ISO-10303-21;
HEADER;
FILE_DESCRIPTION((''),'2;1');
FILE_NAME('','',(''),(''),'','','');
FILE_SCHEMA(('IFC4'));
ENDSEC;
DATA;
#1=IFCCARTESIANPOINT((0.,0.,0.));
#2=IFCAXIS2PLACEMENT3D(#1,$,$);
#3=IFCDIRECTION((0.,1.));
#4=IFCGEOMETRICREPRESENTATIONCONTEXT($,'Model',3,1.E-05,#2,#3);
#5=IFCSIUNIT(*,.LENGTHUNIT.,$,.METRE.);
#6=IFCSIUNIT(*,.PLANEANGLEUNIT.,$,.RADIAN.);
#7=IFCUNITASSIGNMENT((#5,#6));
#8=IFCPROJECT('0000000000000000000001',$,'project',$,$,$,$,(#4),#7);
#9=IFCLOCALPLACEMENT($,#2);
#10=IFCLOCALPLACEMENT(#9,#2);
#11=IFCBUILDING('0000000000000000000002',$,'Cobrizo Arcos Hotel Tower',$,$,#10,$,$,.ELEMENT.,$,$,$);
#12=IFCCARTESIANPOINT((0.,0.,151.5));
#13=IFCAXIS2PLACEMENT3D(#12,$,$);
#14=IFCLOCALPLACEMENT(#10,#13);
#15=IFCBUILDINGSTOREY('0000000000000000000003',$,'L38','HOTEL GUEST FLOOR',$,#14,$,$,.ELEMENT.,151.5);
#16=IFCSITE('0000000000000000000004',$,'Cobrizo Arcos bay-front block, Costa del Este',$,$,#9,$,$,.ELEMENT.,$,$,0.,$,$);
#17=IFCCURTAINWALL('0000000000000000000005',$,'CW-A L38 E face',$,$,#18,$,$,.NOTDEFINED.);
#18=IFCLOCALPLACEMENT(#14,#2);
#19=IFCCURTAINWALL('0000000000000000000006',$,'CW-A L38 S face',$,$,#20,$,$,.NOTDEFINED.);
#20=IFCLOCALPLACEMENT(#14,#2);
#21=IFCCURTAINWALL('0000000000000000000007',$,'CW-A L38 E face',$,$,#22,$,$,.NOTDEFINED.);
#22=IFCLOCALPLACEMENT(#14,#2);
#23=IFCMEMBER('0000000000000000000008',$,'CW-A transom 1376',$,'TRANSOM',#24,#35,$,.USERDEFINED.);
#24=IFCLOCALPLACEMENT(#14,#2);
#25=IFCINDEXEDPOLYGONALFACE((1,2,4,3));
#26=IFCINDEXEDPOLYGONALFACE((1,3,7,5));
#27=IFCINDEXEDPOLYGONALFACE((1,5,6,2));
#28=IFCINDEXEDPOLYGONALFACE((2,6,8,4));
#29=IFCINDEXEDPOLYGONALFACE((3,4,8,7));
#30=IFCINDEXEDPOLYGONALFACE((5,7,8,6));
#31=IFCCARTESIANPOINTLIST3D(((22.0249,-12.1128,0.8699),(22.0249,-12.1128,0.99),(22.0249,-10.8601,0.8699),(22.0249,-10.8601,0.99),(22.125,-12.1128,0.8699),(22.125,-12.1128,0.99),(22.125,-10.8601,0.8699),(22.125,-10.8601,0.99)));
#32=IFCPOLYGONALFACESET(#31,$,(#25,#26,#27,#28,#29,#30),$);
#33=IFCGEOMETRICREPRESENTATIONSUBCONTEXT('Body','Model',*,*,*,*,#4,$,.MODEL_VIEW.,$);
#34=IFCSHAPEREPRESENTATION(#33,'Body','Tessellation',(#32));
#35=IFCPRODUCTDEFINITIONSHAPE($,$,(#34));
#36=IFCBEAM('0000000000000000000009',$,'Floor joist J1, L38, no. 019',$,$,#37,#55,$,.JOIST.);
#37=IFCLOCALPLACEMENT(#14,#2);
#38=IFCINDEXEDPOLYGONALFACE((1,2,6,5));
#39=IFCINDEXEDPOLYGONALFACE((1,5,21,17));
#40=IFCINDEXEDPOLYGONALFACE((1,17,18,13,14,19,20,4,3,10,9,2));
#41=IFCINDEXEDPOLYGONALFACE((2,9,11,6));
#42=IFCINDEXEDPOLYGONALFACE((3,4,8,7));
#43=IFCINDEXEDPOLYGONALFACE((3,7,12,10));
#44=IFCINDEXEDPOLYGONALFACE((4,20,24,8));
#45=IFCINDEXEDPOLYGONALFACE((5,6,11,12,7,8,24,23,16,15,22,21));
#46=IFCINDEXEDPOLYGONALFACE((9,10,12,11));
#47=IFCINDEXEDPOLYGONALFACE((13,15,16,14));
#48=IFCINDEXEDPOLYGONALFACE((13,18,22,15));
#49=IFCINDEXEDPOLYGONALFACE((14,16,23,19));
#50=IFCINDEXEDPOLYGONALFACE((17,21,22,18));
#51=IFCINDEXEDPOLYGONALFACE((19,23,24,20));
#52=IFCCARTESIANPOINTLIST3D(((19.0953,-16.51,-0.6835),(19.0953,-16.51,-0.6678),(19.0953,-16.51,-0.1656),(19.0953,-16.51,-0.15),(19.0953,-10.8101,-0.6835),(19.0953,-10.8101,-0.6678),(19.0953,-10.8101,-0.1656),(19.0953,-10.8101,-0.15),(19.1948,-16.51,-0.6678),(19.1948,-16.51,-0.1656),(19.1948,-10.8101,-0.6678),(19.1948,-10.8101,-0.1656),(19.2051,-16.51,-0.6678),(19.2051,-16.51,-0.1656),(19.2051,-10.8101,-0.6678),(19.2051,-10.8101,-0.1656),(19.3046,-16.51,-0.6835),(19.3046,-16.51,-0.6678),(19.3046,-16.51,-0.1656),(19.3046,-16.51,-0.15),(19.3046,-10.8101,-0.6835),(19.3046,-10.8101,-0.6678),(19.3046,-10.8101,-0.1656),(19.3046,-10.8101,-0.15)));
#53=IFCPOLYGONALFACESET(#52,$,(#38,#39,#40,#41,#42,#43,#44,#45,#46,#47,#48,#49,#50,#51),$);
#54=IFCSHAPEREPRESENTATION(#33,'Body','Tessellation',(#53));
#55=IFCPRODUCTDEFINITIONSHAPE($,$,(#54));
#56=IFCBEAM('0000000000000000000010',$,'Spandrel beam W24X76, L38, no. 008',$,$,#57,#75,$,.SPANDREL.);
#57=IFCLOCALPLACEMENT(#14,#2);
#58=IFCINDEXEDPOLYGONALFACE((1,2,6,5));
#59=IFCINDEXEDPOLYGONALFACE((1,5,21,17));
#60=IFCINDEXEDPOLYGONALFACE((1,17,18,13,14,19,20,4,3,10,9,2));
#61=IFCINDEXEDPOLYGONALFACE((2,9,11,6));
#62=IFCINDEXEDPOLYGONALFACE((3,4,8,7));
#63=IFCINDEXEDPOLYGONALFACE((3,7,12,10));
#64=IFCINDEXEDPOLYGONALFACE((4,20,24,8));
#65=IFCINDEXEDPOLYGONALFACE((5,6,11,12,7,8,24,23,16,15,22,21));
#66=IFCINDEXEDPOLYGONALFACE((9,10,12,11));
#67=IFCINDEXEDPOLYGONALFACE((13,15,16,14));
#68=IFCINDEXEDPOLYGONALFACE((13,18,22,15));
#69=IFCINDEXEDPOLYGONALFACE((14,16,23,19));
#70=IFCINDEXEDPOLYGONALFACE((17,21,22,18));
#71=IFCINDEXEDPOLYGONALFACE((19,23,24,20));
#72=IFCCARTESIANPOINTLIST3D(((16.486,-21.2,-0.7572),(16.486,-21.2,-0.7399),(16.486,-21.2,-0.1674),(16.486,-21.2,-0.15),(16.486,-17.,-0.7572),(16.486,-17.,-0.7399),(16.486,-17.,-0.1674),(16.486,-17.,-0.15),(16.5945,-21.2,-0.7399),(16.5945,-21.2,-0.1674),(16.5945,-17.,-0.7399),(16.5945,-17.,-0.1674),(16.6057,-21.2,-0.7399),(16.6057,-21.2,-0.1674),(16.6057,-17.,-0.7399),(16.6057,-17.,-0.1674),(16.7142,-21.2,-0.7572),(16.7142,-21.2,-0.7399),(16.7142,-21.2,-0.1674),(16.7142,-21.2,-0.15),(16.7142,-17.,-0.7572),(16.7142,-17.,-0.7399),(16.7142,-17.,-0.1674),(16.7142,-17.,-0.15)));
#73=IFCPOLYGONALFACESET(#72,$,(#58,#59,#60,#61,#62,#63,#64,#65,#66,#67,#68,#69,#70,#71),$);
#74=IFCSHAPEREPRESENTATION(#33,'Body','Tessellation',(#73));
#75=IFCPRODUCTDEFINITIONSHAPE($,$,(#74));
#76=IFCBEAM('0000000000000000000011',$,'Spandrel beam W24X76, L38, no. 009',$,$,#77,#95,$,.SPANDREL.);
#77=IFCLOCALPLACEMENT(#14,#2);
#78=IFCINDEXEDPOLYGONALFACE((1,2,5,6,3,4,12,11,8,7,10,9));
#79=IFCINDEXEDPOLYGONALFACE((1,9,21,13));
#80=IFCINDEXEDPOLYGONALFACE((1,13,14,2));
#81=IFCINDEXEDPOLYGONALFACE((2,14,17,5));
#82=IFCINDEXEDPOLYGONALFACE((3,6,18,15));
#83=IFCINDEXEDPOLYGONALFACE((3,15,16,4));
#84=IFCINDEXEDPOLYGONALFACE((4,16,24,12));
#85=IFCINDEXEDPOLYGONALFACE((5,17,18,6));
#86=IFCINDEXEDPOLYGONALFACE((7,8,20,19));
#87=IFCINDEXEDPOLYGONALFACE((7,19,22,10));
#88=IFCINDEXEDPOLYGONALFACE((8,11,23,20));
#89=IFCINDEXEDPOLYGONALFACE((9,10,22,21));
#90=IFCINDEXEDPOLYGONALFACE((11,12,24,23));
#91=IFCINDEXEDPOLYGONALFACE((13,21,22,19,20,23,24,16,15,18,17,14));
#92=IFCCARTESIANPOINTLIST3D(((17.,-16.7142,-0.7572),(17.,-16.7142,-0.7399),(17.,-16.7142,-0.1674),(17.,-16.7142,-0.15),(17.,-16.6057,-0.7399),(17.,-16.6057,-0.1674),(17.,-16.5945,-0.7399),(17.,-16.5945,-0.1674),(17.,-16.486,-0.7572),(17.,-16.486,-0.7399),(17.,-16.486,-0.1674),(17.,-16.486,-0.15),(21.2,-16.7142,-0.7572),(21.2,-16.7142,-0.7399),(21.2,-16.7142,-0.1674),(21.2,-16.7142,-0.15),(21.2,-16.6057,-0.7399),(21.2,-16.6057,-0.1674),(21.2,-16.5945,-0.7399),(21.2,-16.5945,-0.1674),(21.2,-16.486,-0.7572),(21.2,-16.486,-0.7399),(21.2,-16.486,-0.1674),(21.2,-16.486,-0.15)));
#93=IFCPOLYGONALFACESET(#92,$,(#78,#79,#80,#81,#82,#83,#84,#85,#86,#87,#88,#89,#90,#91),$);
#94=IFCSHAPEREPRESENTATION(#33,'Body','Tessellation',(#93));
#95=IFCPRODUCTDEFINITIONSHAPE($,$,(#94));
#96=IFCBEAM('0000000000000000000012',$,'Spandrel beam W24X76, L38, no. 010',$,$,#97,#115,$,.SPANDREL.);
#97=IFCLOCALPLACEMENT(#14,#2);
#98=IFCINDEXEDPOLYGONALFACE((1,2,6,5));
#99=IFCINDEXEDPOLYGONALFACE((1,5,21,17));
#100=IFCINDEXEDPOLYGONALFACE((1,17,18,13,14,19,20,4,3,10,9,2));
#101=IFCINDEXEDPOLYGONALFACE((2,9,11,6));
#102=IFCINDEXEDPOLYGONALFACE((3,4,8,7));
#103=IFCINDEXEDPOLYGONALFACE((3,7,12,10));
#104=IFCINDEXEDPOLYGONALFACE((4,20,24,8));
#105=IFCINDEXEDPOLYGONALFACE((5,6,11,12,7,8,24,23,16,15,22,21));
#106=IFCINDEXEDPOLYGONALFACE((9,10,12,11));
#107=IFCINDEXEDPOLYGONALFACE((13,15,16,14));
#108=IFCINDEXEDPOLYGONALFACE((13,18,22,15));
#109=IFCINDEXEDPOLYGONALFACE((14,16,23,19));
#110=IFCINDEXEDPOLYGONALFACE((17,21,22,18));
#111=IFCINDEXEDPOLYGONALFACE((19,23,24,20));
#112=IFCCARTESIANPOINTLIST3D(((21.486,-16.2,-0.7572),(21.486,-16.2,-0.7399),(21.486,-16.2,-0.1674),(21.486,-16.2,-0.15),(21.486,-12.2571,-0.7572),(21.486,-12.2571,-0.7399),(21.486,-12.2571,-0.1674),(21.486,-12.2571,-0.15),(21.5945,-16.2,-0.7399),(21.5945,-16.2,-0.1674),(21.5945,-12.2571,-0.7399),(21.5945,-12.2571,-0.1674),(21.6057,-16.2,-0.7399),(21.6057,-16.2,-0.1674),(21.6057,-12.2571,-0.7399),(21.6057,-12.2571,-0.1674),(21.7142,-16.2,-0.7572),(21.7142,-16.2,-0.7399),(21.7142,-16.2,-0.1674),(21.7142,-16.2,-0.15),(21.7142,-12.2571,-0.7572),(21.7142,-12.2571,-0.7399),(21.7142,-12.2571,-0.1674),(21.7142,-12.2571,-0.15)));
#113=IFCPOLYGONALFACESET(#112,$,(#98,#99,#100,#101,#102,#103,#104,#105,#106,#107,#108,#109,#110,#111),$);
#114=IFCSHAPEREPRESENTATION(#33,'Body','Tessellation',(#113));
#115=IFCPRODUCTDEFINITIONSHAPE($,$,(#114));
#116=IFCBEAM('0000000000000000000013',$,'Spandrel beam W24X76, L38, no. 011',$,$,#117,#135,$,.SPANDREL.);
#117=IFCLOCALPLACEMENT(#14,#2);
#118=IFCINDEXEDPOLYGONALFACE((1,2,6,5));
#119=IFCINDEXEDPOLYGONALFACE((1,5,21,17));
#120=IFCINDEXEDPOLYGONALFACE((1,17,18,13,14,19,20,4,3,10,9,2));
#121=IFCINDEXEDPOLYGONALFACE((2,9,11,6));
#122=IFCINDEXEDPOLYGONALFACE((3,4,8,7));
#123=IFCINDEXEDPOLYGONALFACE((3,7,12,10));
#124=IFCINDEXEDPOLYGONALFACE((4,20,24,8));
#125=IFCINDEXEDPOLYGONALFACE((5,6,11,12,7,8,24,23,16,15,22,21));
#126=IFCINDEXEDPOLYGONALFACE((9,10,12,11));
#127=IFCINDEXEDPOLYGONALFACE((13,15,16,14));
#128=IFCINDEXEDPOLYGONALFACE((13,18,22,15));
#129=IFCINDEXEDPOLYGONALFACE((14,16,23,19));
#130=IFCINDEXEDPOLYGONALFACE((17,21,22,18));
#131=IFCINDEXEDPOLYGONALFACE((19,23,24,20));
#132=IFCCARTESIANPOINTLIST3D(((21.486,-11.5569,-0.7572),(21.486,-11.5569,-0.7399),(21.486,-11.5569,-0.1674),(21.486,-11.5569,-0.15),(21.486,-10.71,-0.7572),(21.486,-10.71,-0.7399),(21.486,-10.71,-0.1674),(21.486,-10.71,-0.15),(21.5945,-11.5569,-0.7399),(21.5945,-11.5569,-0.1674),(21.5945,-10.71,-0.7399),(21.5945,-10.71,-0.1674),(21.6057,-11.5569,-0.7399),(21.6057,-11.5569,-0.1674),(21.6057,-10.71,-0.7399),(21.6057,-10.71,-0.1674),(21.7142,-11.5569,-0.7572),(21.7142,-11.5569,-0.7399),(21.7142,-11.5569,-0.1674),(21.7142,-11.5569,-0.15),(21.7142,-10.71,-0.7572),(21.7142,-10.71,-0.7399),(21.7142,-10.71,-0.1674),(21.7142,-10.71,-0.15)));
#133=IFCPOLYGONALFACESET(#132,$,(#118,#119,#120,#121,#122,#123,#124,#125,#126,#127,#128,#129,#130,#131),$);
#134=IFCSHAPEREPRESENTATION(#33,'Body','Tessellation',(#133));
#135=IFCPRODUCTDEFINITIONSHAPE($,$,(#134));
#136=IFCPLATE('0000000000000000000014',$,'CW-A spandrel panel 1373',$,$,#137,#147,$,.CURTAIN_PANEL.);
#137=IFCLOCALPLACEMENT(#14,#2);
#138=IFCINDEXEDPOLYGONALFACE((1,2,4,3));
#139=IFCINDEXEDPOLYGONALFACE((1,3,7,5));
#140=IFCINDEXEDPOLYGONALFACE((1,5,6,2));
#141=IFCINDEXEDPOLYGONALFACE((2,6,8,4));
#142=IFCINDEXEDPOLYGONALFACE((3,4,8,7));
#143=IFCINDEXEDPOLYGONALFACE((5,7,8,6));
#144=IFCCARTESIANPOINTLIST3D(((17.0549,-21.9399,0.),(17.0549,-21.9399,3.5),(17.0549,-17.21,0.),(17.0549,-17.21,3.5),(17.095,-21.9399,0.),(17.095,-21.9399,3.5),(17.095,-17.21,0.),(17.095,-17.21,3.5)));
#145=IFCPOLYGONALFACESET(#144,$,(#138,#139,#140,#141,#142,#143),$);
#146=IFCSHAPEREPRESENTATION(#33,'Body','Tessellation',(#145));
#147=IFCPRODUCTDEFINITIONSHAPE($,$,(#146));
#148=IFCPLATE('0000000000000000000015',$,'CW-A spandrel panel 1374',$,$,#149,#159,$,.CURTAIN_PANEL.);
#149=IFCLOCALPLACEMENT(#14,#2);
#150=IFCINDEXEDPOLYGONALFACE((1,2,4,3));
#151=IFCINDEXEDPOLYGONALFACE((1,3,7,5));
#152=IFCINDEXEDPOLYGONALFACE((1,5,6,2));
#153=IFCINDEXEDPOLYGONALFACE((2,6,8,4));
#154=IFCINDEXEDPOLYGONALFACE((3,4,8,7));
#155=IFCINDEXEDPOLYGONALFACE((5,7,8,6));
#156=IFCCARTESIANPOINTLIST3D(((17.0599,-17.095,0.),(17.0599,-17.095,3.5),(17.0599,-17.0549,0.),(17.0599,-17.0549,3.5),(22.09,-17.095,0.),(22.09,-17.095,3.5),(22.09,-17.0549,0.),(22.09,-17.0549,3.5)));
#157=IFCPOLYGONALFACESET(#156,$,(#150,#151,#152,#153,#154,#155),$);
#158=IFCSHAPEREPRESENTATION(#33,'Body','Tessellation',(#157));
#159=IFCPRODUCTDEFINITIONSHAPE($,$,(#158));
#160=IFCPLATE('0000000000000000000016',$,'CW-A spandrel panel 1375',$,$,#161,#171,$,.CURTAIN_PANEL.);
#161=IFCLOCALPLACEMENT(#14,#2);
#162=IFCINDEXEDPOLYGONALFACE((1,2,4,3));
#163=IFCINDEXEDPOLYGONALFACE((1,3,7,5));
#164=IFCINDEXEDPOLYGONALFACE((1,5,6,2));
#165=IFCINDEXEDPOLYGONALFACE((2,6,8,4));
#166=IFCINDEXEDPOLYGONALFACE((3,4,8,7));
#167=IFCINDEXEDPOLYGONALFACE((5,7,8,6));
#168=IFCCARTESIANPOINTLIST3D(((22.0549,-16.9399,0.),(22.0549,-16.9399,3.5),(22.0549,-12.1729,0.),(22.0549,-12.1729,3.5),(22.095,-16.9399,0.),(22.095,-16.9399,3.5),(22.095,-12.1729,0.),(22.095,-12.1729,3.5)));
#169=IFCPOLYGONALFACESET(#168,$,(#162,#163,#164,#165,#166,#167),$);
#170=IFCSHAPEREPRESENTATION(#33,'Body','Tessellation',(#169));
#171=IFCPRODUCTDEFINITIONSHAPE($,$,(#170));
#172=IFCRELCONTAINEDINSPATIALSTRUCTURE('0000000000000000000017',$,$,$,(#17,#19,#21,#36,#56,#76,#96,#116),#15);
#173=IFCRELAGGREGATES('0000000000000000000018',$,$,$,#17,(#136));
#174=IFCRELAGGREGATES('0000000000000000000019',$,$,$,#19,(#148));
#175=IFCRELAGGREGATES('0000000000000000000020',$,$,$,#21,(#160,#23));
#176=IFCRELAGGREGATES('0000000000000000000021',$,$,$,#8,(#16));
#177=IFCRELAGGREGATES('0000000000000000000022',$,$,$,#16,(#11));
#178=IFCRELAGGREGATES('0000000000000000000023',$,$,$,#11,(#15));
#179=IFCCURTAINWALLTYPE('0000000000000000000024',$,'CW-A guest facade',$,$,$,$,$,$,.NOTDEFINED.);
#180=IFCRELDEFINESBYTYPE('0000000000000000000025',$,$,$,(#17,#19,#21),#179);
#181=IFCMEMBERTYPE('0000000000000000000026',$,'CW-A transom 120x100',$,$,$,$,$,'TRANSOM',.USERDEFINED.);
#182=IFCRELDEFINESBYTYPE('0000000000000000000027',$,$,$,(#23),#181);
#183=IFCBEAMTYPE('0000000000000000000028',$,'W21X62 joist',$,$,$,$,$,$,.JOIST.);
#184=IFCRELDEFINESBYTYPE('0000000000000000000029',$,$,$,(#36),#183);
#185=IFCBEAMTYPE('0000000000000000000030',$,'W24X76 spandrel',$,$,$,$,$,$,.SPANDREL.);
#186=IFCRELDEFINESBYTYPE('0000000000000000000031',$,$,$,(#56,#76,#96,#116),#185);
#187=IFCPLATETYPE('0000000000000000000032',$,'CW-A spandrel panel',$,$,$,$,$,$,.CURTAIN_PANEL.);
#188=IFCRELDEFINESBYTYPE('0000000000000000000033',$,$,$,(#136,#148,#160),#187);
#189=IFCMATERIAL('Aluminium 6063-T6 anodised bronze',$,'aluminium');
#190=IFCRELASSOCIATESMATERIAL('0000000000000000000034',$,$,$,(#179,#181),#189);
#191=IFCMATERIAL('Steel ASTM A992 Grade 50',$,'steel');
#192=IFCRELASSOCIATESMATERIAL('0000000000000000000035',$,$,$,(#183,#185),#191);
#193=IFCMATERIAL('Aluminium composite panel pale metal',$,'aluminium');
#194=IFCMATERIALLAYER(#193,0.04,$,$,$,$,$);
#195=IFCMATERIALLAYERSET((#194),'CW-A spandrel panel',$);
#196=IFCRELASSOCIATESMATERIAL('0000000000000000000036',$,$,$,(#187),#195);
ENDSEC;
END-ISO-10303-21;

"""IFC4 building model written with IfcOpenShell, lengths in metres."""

from ifc_helpers import new_model, si_unit, direction, frame, origin, origin_2d, place, context, subcontext, project, spatial, rectangle, i_section, extrude, material, layer, layer_set, material_profile, profile_set, type_object, element, aggregate, save


model = new_model("IFC4")

# Units and contexts
model_context = context("Model", 3, precision=1e-05, world=origin(), true_north=direction((0.0, 1.0)))
body_context = subcontext(model_context, "Body", "Model", "MODEL_VIEW")
ifc_project = project(units=[si_unit("LENGTHUNIT", "METRE"), si_unit("PLANEANGLEUNIT", "RADIAN")], contexts=[model_context])

# Site, building, storey
site_placement = place(None, origin())
site = spatial("IfcSite", under=ifc_project, at=site_placement, Name="Cobrizo Arcos bay-front block, Costa del Este", CompositionType="ELEMENT", RefElevation=0.0)
building_placement = place(site_placement, origin())
building = spatial("IfcBuilding", under=site, at=building_placement, Name="Cobrizo Arcos Hotel Tower", CompositionType="ELEMENT")
storey_placement = place(building_placement, frame((0.0, 0.0, 151.5)))
storey = spatial("IfcBuildingStorey", under=building, at=storey_placement, Name="L38", Description="HOTEL GUEST FLOOR", CompositionType="ELEMENT", Elevation=151.5)

# Shared definitions
ifc_material_1 = material(Name="Aluminium 6063-T6 anodised bronze", Category="aluminium")
curtain_wall_type = type_object("IfcCurtainWallType", Name="CW-A guest facade", PredefinedType="NOTDEFINED", material=ifc_material_1)

# Curtain walls, member
curtain_wall_1_placement = place(storey_placement, origin())
curtain_wall_1 = element("IfcCurtainWall", 1, at=curtain_wall_1_placement, inside=storey, type_object=curtain_wall_type, Name="CW-A L38 E face", PredefinedType="NOTDEFINED")
curtain_wall_2_placement = place(storey_placement, origin())
curtain_wall_2 = element("IfcCurtainWall", 2, at=curtain_wall_2_placement, inside=storey, type_object=curtain_wall_type, Name="CW-A L38 S face", PredefinedType="NOTDEFINED")
curtain_wall_3_placement = place(storey_placement, origin())
curtain_wall_3 = element("IfcCurtainWall", 3, at=curtain_wall_3_placement, inside=storey, type_object=curtain_wall_type, Name="CW-A L38 E face", PredefinedType="NOTDEFINED")
ifc_material_profile_1 = material_profile(ifc_material_1, rectangle(XDim=0.1001, YDim=0.1201, at=origin_2d()), Name="CW-A transom 120x100")
ifc_profile_set_1 = profile_set([ifc_material_profile_1], Name="Aluminium 6063-T6 anodised bronze")
member_type_1 = type_object("IfcMemberType", Name="CW-A transom 120x100", ElementType="TRANSOM", PredefinedType="USERDEFINED", material=ifc_profile_set_1)
member_1_placement = place(storey_placement, frame((22.075, -12.1128, 0.9299), z_axis=(0.0, 1.0, 0.0), x_axis=(-1.0, 0.0, 0.0)))
member_1 = element("IfcMember", 4, at=member_1_placement, type_object=member_type_1, Name="CW-A transom 1376", ObjectType="TRANSOM", PredefinedType="USERDEFINED", context=body_context, shape_type="SweptSolid", body=[
    extrude(rectangle(XDim=0.1001, YDim=0.1201, at=origin_2d()), origin(), (0.0, 0.0, 1.0), 1.2527),
])

# Beams
ifc_material_2 = material(Name="Steel ASTM A992 Grade 50", Category="steel")
ifc_material_profile_2 = material_profile(ifc_material_2, i_section(OverallWidth=0.2092, OverallDepth=0.5334, WebThickness=0.0103, FlangeThickness=0.0156, at=origin_2d()), Name="W21X62")
ifc_profile_set_2 = profile_set([ifc_material_profile_2], Name="Steel ASTM A992 Grade 50")
beam_type_1 = type_object("IfcBeamType", Name="W21X62 joist", PredefinedType="JOIST", material=ifc_profile_set_2)
beam_1_placement = place(storey_placement, frame((19.2, -16.51, -0.4167), z_axis=(0.0, 1.0, 0.0), x_axis=(-1.0, 0.0, 0.0)))
element("IfcBeam", 5, at=beam_1_placement, inside=storey, type_object=beam_type_1, Name="Floor joist J1, L38, no. 019", PredefinedType="JOIST", context=body_context, shape_type="SweptSolid", body=[
    extrude(i_section(OverallWidth=0.2092, OverallDepth=0.5334, WebThickness=0.0103, FlangeThickness=0.0156, at=origin_2d()), origin(), (0.0, 0.0, 1.0), 5.7),
])
ifc_material_profile_3 = material_profile(ifc_material_2, i_section(OverallWidth=0.2283, OverallDepth=0.6072, WebThickness=0.0112, FlangeThickness=0.0173, at=origin_2d()), Name="W24X76")
ifc_profile_set_3 = profile_set([ifc_material_profile_3], Name="Steel ASTM A992 Grade 50")
beam_type_2 = type_object("IfcBeamType", Name="W24X76 spandrel", PredefinedType="SPANDREL", material=ifc_profile_set_3)
for number, where, z_axis, x_axis, name in (
    (6, (16.6001, -21.2, -0.4536), (0.0, 1.0, 0.0), (-1.0, 0.0, 0.0), "Spandrel beam W24X76, L38, no. 008"),
    (7, (17.0, -16.6001, -0.4536), (1.0, 0.0, 0.0), (0.0, 1.0, 0.0), "Spandrel beam W24X76, L38, no. 009"),
):
    element("IfcBeam", number, at=place(storey_placement, frame(where, z_axis=z_axis, x_axis=x_axis)), inside=storey, type_object=beam_type_2, Name=name, PredefinedType="SPANDREL", context=body_context, shape_type="SweptSolid", body=[
        extrude(i_section(OverallWidth=0.2283, OverallDepth=0.6072, WebThickness=0.0112, FlangeThickness=0.0173, at=origin_2d()), origin(), (0.0, 0.0, 1.0), 4.2),
    ])
beam_2_placement = place(storey_placement, frame((21.6001, -16.2, -0.4536), z_axis=(0.0, 1.0, 0.0), x_axis=(-1.0, 0.0, 0.0)))
element("IfcBeam", 8, at=beam_2_placement, inside=storey, type_object=beam_type_2, Name="Spandrel beam W24X76, L38, no. 010", PredefinedType="SPANDREL", context=body_context, shape_type="SweptSolid", body=[
    extrude(i_section(OverallWidth=0.2283, OverallDepth=0.6072, WebThickness=0.0112, FlangeThickness=0.0173, at=origin_2d()), origin(), (0.0, 0.0, 1.0), 3.9429),
])
beam_3_placement = place(storey_placement, frame((21.6001, -11.5569, -0.4536), z_axis=(0.0, 1.0, 0.0), x_axis=(-1.0, 0.0, 0.0)))
element("IfcBeam", 9, at=beam_3_placement, inside=storey, type_object=beam_type_2, Name="Spandrel beam W24X76, L38, no. 011", PredefinedType="SPANDREL", context=body_context, shape_type="SweptSolid", body=[
    extrude(i_section(OverallWidth=0.2283, OverallDepth=0.6072, WebThickness=0.0112, FlangeThickness=0.0173, at=origin_2d()), origin(), (0.0, 0.0, 1.0), 0.8469),
])

# Plates
ifc_material_3 = material(Name="Aluminium composite panel pale metal", Category="aluminium")
ifc_layer_1 = layer(ifc_material_3, 0.04)
ifc_layer_set_1 = layer_set([ifc_layer_1], Name="CW-A spandrel panel")
plate_type = type_object("IfcPlateType", Name="CW-A spandrel panel", PredefinedType="CURTAIN_PANEL", material=ifc_layer_set_1)
plate_1_placement = place(storey_placement, frame((17.075, -19.575, 0.0), z_axis=(0.0, 0.0, 1.0), x_axis=(0.0, 1.0, 0.0)))
plate_1 = element("IfcPlate", 10, at=plate_1_placement, type_object=plate_type, Name="CW-A spandrel panel 1373", PredefinedType="CURTAIN_PANEL", context=body_context, shape_type="SweptSolid", body=[
    extrude(rectangle(XDim=4.73, YDim=0.04, at=origin_2d()), origin(), (0.0, 0.0, 1.0), 3.5),
])
aggregate(curtain_wall_1, [plate_1])
plate_2_placement = place(storey_placement, frame((19.575, -17.075, 0.0), z_axis=(0.0, 0.0, 1.0), x_axis=(1.0, 0.0, 0.0)))
plate_2 = element("IfcPlate", 11, at=plate_2_placement, type_object=plate_type, Name="CW-A spandrel panel 1374", PredefinedType="CURTAIN_PANEL", context=body_context, shape_type="SweptSolid", body=[
    extrude(rectangle(XDim=5.03, YDim=0.04, at=origin_2d()), origin(), (0.0, 0.0, 1.0), 3.5),
])
aggregate(curtain_wall_2, [plate_2])
plate_3_placement = place(storey_placement, frame((22.075, -14.5564, 0.0), z_axis=(0.0, 0.0, 1.0), x_axis=(0.0, 1.0, 0.0)))
plate_3 = element("IfcPlate", 12, at=plate_3_placement, type_object=plate_type, Name="CW-A spandrel panel 1375", PredefinedType="CURTAIN_PANEL", context=body_context, shape_type="SweptSolid", body=[
    extrude(rectangle(XDim=4.7671, YDim=0.04, at=origin_2d()), origin(), (0.0, 0.0, 1.0), 3.5),
])
aggregate(curtain_wall_3, [plate_3, member_1])

save(model, "model.ifc")
